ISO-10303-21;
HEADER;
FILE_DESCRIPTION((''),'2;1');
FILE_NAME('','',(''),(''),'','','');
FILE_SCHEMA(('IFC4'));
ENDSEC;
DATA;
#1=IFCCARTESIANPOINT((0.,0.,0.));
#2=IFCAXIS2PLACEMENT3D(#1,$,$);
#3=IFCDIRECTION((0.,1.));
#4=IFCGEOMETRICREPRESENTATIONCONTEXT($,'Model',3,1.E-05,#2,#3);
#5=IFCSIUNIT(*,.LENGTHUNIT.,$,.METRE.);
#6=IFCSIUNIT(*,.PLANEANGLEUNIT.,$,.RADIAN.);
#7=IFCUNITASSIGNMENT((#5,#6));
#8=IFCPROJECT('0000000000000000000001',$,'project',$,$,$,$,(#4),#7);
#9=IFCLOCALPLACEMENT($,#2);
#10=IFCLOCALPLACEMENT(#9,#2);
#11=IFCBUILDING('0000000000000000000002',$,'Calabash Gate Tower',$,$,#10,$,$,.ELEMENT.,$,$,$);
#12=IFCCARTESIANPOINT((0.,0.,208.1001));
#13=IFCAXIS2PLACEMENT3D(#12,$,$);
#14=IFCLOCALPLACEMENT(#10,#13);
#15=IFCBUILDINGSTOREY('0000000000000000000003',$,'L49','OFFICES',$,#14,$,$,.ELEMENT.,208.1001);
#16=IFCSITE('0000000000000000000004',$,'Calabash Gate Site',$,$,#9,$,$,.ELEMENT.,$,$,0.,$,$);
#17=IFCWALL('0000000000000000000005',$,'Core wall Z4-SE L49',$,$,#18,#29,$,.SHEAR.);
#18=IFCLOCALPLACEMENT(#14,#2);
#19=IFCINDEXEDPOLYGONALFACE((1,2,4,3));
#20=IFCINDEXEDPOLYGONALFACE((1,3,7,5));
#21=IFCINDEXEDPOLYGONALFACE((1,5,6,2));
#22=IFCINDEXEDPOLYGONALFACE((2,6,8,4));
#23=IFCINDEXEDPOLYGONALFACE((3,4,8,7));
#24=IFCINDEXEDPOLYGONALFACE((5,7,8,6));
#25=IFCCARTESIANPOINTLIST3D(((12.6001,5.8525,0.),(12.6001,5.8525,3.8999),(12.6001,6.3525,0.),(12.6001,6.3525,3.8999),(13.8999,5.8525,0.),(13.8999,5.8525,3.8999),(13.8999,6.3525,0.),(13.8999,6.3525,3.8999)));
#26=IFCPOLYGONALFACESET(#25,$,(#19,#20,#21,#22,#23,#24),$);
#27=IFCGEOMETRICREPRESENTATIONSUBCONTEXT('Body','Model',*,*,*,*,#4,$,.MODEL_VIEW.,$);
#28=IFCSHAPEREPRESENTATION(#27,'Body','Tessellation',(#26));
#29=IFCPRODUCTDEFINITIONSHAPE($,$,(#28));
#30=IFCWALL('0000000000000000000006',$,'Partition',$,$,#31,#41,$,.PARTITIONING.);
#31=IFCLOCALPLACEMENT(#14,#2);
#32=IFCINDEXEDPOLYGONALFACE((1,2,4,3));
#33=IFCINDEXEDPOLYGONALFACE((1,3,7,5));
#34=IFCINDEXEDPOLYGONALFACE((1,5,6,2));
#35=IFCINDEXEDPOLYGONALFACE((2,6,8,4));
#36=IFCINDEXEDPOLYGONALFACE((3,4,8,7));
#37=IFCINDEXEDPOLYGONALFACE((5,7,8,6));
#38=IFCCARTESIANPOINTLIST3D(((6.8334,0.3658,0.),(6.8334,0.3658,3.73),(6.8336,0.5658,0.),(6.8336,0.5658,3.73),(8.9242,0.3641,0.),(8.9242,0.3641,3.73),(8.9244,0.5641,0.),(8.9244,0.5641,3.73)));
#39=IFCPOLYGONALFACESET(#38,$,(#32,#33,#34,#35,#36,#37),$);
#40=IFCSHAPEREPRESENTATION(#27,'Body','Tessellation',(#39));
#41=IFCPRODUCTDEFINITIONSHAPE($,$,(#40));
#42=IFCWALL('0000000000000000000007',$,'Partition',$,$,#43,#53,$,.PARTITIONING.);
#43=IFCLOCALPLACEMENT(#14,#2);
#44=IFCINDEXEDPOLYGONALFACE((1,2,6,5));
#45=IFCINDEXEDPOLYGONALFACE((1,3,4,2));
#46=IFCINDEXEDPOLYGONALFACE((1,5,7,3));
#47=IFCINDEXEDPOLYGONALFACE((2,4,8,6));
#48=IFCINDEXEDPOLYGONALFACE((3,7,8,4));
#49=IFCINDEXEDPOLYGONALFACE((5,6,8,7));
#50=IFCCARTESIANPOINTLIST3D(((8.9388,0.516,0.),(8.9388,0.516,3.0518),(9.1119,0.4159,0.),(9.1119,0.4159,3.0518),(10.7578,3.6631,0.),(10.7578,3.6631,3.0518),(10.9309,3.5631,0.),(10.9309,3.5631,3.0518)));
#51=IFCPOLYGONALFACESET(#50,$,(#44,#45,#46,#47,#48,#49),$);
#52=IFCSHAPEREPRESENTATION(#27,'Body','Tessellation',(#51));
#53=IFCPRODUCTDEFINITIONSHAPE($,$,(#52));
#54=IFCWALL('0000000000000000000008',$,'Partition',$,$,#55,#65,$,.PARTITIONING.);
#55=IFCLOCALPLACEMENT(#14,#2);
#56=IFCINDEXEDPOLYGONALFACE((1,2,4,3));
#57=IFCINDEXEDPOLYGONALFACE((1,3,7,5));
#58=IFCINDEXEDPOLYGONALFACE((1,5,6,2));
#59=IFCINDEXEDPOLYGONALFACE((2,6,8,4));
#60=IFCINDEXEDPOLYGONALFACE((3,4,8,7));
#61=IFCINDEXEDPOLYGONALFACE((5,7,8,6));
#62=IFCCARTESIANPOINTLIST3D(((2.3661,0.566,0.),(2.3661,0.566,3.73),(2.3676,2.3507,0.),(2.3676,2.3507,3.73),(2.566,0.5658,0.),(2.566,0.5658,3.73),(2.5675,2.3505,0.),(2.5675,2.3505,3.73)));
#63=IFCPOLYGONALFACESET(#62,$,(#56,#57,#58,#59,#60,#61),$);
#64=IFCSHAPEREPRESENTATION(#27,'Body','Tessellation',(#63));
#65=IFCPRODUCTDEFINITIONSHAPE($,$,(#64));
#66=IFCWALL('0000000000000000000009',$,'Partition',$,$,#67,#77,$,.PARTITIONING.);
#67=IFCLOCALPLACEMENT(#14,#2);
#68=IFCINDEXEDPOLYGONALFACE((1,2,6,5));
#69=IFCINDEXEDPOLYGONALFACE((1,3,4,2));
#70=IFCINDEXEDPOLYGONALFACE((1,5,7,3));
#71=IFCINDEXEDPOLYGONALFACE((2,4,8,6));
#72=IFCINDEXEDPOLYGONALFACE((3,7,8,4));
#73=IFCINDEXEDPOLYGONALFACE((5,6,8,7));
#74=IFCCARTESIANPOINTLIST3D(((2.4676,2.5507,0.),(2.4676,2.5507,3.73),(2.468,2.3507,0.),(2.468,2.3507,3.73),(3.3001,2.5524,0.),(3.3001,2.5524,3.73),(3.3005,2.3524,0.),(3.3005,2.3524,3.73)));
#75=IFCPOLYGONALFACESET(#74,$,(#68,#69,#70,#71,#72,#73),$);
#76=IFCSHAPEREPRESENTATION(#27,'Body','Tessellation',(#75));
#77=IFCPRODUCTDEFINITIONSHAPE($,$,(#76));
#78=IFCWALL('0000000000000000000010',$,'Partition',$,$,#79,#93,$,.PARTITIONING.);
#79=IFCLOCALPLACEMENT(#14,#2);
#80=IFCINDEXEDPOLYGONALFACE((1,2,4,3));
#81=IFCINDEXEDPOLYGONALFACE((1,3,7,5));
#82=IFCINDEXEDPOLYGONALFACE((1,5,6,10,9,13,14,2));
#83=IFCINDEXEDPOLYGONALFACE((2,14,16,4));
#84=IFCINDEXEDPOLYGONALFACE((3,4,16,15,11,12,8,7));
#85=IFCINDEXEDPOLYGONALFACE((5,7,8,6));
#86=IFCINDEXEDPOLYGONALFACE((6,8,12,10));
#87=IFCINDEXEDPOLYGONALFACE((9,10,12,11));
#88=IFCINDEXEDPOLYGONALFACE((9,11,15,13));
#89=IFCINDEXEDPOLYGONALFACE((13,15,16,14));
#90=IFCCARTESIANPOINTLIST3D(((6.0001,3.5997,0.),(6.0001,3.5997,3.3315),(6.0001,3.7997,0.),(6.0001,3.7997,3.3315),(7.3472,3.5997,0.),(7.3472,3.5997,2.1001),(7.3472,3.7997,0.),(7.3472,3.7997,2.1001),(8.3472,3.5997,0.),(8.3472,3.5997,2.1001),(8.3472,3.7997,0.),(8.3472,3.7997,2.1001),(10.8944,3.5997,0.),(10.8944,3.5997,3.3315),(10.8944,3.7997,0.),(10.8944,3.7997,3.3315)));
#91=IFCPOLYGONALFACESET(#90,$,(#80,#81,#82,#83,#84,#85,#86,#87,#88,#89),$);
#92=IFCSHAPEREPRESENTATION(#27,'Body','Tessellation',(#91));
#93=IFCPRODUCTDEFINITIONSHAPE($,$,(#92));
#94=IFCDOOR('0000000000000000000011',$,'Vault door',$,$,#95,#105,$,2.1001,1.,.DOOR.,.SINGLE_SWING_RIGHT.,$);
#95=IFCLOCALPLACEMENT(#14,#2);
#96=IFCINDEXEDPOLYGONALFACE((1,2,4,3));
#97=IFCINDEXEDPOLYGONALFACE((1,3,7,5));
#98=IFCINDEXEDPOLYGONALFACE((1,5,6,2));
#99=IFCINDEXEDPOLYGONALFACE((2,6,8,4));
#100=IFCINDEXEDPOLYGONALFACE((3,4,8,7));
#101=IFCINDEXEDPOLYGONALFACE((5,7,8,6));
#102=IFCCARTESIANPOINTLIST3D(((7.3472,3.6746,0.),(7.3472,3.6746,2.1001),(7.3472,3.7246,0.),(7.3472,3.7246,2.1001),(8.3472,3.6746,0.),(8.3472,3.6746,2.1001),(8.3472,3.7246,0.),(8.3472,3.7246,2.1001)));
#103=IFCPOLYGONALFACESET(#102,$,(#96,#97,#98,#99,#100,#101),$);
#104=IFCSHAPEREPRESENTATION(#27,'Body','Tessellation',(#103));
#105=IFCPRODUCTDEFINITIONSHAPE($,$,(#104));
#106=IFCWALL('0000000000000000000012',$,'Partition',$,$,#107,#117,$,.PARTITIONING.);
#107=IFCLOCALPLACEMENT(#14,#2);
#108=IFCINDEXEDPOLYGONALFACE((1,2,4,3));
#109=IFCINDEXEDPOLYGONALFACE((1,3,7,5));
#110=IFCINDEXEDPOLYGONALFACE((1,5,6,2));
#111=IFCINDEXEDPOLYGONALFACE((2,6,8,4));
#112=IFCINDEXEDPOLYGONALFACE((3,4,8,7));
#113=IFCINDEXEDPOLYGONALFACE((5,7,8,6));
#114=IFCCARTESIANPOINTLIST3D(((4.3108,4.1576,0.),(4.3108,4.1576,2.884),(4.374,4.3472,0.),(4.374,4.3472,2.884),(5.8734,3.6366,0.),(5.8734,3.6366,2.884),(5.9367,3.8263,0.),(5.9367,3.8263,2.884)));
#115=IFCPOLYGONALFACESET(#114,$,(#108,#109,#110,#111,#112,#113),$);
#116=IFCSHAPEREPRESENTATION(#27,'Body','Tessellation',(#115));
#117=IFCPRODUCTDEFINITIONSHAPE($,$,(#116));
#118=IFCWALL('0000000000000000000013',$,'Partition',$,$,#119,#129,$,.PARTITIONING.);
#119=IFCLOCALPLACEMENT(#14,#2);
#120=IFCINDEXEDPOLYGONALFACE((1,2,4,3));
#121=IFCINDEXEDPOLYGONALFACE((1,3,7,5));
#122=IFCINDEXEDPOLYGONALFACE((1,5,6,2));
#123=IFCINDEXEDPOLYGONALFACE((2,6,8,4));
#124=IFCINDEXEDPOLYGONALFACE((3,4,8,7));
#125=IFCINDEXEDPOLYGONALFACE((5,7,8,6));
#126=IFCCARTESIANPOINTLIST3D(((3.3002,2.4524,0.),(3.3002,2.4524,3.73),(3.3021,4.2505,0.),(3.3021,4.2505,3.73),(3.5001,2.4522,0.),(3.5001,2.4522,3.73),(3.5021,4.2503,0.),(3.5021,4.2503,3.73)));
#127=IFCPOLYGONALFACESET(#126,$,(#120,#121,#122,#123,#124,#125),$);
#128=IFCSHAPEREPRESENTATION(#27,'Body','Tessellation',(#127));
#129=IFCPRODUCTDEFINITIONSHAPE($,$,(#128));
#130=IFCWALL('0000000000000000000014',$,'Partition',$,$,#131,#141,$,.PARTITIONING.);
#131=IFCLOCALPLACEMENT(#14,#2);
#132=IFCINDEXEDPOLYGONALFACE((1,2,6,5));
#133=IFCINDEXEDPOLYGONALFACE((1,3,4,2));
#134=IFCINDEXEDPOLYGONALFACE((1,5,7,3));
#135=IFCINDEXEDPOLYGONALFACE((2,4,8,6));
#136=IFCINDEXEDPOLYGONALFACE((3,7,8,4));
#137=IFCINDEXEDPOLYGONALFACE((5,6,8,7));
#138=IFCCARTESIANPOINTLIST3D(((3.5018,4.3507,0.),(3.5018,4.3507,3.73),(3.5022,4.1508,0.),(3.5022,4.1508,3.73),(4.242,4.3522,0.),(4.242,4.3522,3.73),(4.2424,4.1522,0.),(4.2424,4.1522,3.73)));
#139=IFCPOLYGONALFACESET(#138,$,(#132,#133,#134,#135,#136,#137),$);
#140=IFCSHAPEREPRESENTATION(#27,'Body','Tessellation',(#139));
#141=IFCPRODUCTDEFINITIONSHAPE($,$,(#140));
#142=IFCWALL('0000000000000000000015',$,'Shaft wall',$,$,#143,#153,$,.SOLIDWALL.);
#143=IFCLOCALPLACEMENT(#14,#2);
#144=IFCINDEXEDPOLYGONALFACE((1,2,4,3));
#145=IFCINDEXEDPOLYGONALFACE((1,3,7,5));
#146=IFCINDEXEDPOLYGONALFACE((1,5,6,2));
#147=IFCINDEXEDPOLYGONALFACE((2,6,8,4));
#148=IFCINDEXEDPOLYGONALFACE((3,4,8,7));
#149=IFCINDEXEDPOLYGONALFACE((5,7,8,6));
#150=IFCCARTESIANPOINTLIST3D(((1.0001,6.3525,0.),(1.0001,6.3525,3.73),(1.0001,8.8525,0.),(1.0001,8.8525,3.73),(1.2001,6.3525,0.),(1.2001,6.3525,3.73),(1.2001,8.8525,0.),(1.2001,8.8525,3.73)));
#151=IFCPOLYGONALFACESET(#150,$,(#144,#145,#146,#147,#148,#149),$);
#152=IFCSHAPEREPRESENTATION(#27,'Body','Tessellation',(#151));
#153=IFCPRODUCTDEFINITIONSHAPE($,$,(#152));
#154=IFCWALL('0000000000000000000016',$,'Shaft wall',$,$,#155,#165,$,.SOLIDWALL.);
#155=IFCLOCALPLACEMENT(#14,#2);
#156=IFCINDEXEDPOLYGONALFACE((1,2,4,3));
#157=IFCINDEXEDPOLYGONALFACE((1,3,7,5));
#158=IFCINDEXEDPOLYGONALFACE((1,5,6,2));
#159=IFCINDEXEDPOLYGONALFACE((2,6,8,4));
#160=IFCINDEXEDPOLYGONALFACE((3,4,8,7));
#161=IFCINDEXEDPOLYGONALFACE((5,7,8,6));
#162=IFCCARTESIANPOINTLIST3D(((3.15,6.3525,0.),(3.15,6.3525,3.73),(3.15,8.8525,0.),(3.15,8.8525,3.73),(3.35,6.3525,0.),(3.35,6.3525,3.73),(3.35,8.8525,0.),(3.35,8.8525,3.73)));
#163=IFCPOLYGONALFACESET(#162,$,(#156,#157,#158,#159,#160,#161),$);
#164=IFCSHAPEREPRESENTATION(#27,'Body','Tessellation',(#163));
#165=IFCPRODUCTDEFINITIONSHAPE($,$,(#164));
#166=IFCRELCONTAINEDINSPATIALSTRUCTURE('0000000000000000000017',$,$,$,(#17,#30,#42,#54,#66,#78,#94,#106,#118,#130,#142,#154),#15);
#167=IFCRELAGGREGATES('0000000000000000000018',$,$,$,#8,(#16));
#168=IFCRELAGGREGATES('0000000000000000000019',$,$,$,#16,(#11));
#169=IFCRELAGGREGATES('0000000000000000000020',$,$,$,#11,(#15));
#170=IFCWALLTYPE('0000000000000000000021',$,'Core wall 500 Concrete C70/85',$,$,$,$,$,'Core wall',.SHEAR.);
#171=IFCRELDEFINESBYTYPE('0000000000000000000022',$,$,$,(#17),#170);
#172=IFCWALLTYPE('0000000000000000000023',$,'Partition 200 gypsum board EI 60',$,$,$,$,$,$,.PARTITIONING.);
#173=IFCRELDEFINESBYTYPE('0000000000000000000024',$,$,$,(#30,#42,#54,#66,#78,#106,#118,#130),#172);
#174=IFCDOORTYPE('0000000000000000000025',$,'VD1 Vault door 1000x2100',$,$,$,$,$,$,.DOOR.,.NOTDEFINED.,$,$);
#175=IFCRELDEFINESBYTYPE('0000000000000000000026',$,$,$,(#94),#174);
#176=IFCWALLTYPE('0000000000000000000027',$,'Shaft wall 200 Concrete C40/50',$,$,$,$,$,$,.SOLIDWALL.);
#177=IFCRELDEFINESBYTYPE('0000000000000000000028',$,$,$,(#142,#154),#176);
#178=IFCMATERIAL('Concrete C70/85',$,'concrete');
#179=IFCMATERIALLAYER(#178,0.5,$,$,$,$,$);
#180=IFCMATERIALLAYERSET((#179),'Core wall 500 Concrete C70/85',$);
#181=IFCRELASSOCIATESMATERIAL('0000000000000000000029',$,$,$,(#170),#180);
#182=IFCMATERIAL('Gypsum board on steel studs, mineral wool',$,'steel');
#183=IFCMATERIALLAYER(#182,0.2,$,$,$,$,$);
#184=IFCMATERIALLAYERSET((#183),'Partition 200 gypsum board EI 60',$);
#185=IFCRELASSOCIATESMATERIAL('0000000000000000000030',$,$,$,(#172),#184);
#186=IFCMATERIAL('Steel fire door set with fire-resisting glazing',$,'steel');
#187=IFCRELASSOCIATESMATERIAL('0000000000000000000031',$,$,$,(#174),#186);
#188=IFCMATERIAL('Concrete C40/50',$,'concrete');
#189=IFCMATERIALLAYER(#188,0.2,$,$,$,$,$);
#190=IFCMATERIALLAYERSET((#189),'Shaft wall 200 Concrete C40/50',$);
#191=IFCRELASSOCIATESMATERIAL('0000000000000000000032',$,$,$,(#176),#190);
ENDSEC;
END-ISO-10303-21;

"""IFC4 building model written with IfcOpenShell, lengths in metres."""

from ifc_helpers import new_model, si_unit, direction, frame, frame_2d, origin, place, context, subcontext, project, spatial, rectangle, extrude, material, layer, layer_set, type_object, element, fill, save


model = new_model("IFC4")

# Units and contexts
model_context = context("Model", 3, precision=1e-05, world=origin(), true_north=direction((0.0, 1.0)))
body_context = subcontext(model_context, "Body", "Model", "MODEL_VIEW")
ifc_project = project(units=[si_unit("LENGTHUNIT", "METRE"), si_unit("PLANEANGLEUNIT", "RADIAN")], contexts=[model_context])

# Site, building, storey
site_placement = place(None, origin())
site = spatial("IfcSite", under=ifc_project, at=site_placement, Name="Calabash Gate Site", CompositionType="ELEMENT", RefElevation=0.0)
building_placement = place(site_placement, origin())
building = spatial("IfcBuilding", under=site, at=building_placement, Name="Calabash Gate Tower", CompositionType="ELEMENT")
storey_placement = place(building_placement, frame((0.0, 0.0, 208.1001)))
storey = spatial("IfcBuildingStorey", under=building, at=storey_placement, Name="L49", Description="OFFICES", CompositionType="ELEMENT", Elevation=208.1001)

# Shared definitions
ifc_material_1 = material(Name="Concrete C70/85", Category="concrete")
ifc_layer_1 = layer(ifc_material_1, 0.5)
ifc_layer_set_1 = layer_set([ifc_layer_1], Name="Core wall 500 Concrete C70/85")
wall_type_1 = type_object("IfcWallType", Name="Core wall 500 Concrete C70/85", ElementType="Core wall", PredefinedType="SHEAR", material=ifc_layer_set_1)

# Walls
wall_1_placement = place(storey_placement, frame((12.6001, 6.1025, 0.0), z_axis=(0.0, 0.0, 1.0), x_axis=(1.0, 0.0, 0.0)))
element("IfcWall", 1, at=wall_1_placement, inside=storey, type_object=wall_type_1, Name="Core wall Z4-SE L49", PredefinedType="SHEAR", context=body_context, shape_type="SweptSolid", body=[
    extrude(rectangle(XDim=1.2998, YDim=0.5, at=frame_2d((0.6499, 0.0))), origin(), (0.0, 0.0, 1.0), 3.8999),
])
ifc_material_2 = material(Name="Gypsum board on steel studs, mineral wool", Category="steel")
ifc_layer_2 = layer(ifc_material_2, 0.2)
ifc_layer_set_2 = layer_set([ifc_layer_2], Name="Partition 200 gypsum board EI 60")
wall_type_2 = type_object("IfcWallType", Name="Partition 200 gypsum board EI 60", PredefinedType="PARTITIONING", material=ifc_layer_set_2)
wall_2_placement = place(storey_placement, frame((6.8335, 0.4658, 0.0), z_axis=(0.0, 0.0, 1.0), x_axis=(1.0, -0.000817, 0.0)))
element("IfcWall", 2, at=wall_2_placement, inside=storey, type_object=wall_type_2, Name="Partition", PredefinedType="PARTITIONING", context=body_context, shape_type="SweptSolid", body=[
    extrude(rectangle(XDim=2.0908, YDim=0.2, at=frame_2d((1.0454, 0.0))), origin(), (0.0, 0.0, 1.0), 3.73),
])
wall_3_placement = place(storey_placement, frame((9.0254, 0.4661, 0.0), z_axis=(0.0, 0.0, 1.0), x_axis=(0.500422, 0.865782, 0.0)))
element("IfcWall", 3, at=wall_3_placement, inside=storey, type_object=wall_type_2, Name="Partition", PredefinedType="PARTITIONING", context=body_context, shape_type="SweptSolid", body=[
    extrude(rectangle(XDim=3.635, YDim=0.2, at=frame_2d((1.8174, 0.0))), origin(), (0.0, 0.0, 1.0), 3.0518),
])
wall_4_placement = place(storey_placement, frame((2.4661, 0.5659, 0.0), z_axis=(0.0, 0.0, 1.0), x_axis=(0.000821, 1.0, 0.0)))
element("IfcWall", 4, at=wall_4_placement, inside=storey, type_object=wall_type_2, Name="Partition", PredefinedType="PARTITIONING", context=body_context, shape_type="SweptSolid", body=[
    extrude(rectangle(XDim=1.7847, YDim=0.2, at=frame_2d((0.8923, 0.0))), origin(), (0.0, 0.0, 1.0), 3.73),
])
wall_5_placement = place(storey_placement, frame((2.4678, 2.4507, 0.0), z_axis=(0.0, 0.0, 1.0), x_axis=(0.999998, 0.002053, 0.0)))
element("IfcWall", 5, at=wall_5_placement, inside=storey, type_object=wall_type_2, Name="Partition", PredefinedType="PARTITIONING", context=body_context, shape_type="SweptSolid", body=[
    extrude(rectangle(XDim=0.8325, YDim=0.2, at=frame_2d((0.4163, 0.0))), origin(), (0.0, 0.0, 1.0), 3.73),
])

# Wall, opening, door
wall_6_placement = place(storey_placement, frame((6.0, 3.6997, 0.0), z_axis=(0.0, 0.0, 1.0), x_axis=(1.0, 0.0, 0.0)))
wall_6 = element("IfcWall", 6, at=wall_6_placement, inside=storey, type_object=wall_type_2, Name="Partition", PredefinedType="PARTITIONING", context=body_context, shape_type="SweptSolid", body=[
    extrude(rectangle(XDim=4.8943, YDim=0.2, at=frame_2d((2.4473, 0.0))), origin(), (0.0, 0.0, 1.0), 3.3315),
])
opening_1_placement = place(wall_6_placement, frame((1.3472, 0.0, 0.0)))
opening_1 = element("IfcOpeningElement", 7, at=opening_1_placement, cuts=wall_6, PredefinedType="OPENING", context=body_context, shape_type="SweptSolid", body=[
    extrude(rectangle(XDim=1.0, YDim=2.1001, at=frame_2d((0.5, 1.05))), frame((0.0, 0.1099, 0.0), z_axis=(0.0, -1.0, 0.0), x_axis=(1.0, 0.0, 0.0)), (0.0, 0.0, 1.0), 0.22),
])
ifc_material_3 = material(Name="Steel fire door set with fire-resisting glazing", Category="steel")
door_type_1 = type_object("IfcDoorType", Name="VD1 Vault door 1000x2100", OperationType="NOTDEFINED", PredefinedType="DOOR", material=ifc_material_3)
door_1_placement = place(opening_1_placement, origin())
door_1 = element("IfcDoor", 8, at=door_1_placement, inside=storey, type_object=door_type_1, Name="Vault door", OperationType="SINGLE_SWING_RIGHT", OverallHeight=2.1001, OverallWidth=1.0, PredefinedType="DOOR", context=body_context, shape_type="SweptSolid", body=[
    extrude(rectangle(XDim=1.0, YDim=2.1001, at=frame_2d((0.5, 1.05))), frame((0.0, 0.0249, 0.0), z_axis=(0.0, -1.0, 0.0), x_axis=(1.0, 0.0, 0.0)), (0.0, 0.0, 1.0), 0.05),
])
fill(opening_1, door_1)

# Walls
wall_7_placement = place(storey_placement, frame((4.3423, 4.2524, 0.0), z_axis=(0.0, 0.0, 1.0), x_axis=(0.948668, -0.316272, 0.0)))
element("IfcWall", 9, at=wall_7_placement, inside=storey, type_object=wall_type_2, Name="Partition", PredefinedType="PARTITIONING", context=body_context, shape_type="SweptSolid", body=[
    extrude(rectangle(XDim=1.6472, YDim=0.2, at=frame_2d((0.8237, 0.0))), origin(), (0.0, 0.0, 1.0), 2.884),
])
wall_8_placement = place(storey_placement, frame((3.4001, 2.4524, 0.0), z_axis=(0.0, 0.0, 1.0), x_axis=(0.001086, 0.999999, 0.0)))
element("IfcWall", 10, at=wall_8_placement, inside=storey, type_object=wall_type_2, Name="Partition", PredefinedType="PARTITIONING", context=body_context, shape_type="SweptSolid", body=[
    extrude(rectangle(XDim=1.7981, YDim=0.2, at=frame_2d((0.8989, 0.0))), origin(), (0.0, 0.0, 1.0), 3.73),
])
wall_9_placement = place(storey_placement, frame((3.502, 4.2507, 0.0), z_axis=(0.0, 0.0, 1.0), x_axis=(0.999998, 0.001979, 0.0)))
element("IfcWall", 11, at=wall_9_placement, inside=storey, type_object=wall_type_2, Name="Partition", PredefinedType="PARTITIONING", context=body_context, shape_type="SweptSolid", body=[
    extrude(rectangle(XDim=0.7402, YDim=0.2, at=frame_2d((0.3701, 0.0))), origin(), (0.0, 0.0, 1.0), 3.73),
])
ifc_material_4 = material(Name="Concrete C40/50", Category="concrete")
ifc_layer_3 = layer(ifc_material_4, 0.2)
ifc_layer_set_3 = layer_set([ifc_layer_3], Name="Shaft wall 200 Concrete C40/50")
wall_type_3 = type_object("IfcWallType", Name="Shaft wall 200 Concrete C40/50", PredefinedType="SOLIDWALL", material=ifc_layer_set_3)
for number, where, z_axis, x_axis, name in (
    (12, (1.1001, 6.3525, 0.0), (0.0, 0.0, 1.0), (0.0, 1.0, 0.0), "Shaft wall"),
    (13, (3.25, 6.3525, 0.0), (0.0, 0.0, 1.0), (0.0, 1.0, 0.0), "Shaft wall"),
):
    element("IfcWall", number, at=place(storey_placement, frame(where, z_axis=z_axis, x_axis=x_axis)), inside=storey, type_object=wall_type_3, Name=name, PredefinedType="SOLIDWALL", context=body_context, shape_type="SweptSolid", body=[
        extrude(rectangle(XDim=2.5, YDim=0.2, at=frame_2d((1.25, 0.0))), origin(), (0.0, 0.0, 1.0), 3.73),
    ])

save(model, "model.ifc")
